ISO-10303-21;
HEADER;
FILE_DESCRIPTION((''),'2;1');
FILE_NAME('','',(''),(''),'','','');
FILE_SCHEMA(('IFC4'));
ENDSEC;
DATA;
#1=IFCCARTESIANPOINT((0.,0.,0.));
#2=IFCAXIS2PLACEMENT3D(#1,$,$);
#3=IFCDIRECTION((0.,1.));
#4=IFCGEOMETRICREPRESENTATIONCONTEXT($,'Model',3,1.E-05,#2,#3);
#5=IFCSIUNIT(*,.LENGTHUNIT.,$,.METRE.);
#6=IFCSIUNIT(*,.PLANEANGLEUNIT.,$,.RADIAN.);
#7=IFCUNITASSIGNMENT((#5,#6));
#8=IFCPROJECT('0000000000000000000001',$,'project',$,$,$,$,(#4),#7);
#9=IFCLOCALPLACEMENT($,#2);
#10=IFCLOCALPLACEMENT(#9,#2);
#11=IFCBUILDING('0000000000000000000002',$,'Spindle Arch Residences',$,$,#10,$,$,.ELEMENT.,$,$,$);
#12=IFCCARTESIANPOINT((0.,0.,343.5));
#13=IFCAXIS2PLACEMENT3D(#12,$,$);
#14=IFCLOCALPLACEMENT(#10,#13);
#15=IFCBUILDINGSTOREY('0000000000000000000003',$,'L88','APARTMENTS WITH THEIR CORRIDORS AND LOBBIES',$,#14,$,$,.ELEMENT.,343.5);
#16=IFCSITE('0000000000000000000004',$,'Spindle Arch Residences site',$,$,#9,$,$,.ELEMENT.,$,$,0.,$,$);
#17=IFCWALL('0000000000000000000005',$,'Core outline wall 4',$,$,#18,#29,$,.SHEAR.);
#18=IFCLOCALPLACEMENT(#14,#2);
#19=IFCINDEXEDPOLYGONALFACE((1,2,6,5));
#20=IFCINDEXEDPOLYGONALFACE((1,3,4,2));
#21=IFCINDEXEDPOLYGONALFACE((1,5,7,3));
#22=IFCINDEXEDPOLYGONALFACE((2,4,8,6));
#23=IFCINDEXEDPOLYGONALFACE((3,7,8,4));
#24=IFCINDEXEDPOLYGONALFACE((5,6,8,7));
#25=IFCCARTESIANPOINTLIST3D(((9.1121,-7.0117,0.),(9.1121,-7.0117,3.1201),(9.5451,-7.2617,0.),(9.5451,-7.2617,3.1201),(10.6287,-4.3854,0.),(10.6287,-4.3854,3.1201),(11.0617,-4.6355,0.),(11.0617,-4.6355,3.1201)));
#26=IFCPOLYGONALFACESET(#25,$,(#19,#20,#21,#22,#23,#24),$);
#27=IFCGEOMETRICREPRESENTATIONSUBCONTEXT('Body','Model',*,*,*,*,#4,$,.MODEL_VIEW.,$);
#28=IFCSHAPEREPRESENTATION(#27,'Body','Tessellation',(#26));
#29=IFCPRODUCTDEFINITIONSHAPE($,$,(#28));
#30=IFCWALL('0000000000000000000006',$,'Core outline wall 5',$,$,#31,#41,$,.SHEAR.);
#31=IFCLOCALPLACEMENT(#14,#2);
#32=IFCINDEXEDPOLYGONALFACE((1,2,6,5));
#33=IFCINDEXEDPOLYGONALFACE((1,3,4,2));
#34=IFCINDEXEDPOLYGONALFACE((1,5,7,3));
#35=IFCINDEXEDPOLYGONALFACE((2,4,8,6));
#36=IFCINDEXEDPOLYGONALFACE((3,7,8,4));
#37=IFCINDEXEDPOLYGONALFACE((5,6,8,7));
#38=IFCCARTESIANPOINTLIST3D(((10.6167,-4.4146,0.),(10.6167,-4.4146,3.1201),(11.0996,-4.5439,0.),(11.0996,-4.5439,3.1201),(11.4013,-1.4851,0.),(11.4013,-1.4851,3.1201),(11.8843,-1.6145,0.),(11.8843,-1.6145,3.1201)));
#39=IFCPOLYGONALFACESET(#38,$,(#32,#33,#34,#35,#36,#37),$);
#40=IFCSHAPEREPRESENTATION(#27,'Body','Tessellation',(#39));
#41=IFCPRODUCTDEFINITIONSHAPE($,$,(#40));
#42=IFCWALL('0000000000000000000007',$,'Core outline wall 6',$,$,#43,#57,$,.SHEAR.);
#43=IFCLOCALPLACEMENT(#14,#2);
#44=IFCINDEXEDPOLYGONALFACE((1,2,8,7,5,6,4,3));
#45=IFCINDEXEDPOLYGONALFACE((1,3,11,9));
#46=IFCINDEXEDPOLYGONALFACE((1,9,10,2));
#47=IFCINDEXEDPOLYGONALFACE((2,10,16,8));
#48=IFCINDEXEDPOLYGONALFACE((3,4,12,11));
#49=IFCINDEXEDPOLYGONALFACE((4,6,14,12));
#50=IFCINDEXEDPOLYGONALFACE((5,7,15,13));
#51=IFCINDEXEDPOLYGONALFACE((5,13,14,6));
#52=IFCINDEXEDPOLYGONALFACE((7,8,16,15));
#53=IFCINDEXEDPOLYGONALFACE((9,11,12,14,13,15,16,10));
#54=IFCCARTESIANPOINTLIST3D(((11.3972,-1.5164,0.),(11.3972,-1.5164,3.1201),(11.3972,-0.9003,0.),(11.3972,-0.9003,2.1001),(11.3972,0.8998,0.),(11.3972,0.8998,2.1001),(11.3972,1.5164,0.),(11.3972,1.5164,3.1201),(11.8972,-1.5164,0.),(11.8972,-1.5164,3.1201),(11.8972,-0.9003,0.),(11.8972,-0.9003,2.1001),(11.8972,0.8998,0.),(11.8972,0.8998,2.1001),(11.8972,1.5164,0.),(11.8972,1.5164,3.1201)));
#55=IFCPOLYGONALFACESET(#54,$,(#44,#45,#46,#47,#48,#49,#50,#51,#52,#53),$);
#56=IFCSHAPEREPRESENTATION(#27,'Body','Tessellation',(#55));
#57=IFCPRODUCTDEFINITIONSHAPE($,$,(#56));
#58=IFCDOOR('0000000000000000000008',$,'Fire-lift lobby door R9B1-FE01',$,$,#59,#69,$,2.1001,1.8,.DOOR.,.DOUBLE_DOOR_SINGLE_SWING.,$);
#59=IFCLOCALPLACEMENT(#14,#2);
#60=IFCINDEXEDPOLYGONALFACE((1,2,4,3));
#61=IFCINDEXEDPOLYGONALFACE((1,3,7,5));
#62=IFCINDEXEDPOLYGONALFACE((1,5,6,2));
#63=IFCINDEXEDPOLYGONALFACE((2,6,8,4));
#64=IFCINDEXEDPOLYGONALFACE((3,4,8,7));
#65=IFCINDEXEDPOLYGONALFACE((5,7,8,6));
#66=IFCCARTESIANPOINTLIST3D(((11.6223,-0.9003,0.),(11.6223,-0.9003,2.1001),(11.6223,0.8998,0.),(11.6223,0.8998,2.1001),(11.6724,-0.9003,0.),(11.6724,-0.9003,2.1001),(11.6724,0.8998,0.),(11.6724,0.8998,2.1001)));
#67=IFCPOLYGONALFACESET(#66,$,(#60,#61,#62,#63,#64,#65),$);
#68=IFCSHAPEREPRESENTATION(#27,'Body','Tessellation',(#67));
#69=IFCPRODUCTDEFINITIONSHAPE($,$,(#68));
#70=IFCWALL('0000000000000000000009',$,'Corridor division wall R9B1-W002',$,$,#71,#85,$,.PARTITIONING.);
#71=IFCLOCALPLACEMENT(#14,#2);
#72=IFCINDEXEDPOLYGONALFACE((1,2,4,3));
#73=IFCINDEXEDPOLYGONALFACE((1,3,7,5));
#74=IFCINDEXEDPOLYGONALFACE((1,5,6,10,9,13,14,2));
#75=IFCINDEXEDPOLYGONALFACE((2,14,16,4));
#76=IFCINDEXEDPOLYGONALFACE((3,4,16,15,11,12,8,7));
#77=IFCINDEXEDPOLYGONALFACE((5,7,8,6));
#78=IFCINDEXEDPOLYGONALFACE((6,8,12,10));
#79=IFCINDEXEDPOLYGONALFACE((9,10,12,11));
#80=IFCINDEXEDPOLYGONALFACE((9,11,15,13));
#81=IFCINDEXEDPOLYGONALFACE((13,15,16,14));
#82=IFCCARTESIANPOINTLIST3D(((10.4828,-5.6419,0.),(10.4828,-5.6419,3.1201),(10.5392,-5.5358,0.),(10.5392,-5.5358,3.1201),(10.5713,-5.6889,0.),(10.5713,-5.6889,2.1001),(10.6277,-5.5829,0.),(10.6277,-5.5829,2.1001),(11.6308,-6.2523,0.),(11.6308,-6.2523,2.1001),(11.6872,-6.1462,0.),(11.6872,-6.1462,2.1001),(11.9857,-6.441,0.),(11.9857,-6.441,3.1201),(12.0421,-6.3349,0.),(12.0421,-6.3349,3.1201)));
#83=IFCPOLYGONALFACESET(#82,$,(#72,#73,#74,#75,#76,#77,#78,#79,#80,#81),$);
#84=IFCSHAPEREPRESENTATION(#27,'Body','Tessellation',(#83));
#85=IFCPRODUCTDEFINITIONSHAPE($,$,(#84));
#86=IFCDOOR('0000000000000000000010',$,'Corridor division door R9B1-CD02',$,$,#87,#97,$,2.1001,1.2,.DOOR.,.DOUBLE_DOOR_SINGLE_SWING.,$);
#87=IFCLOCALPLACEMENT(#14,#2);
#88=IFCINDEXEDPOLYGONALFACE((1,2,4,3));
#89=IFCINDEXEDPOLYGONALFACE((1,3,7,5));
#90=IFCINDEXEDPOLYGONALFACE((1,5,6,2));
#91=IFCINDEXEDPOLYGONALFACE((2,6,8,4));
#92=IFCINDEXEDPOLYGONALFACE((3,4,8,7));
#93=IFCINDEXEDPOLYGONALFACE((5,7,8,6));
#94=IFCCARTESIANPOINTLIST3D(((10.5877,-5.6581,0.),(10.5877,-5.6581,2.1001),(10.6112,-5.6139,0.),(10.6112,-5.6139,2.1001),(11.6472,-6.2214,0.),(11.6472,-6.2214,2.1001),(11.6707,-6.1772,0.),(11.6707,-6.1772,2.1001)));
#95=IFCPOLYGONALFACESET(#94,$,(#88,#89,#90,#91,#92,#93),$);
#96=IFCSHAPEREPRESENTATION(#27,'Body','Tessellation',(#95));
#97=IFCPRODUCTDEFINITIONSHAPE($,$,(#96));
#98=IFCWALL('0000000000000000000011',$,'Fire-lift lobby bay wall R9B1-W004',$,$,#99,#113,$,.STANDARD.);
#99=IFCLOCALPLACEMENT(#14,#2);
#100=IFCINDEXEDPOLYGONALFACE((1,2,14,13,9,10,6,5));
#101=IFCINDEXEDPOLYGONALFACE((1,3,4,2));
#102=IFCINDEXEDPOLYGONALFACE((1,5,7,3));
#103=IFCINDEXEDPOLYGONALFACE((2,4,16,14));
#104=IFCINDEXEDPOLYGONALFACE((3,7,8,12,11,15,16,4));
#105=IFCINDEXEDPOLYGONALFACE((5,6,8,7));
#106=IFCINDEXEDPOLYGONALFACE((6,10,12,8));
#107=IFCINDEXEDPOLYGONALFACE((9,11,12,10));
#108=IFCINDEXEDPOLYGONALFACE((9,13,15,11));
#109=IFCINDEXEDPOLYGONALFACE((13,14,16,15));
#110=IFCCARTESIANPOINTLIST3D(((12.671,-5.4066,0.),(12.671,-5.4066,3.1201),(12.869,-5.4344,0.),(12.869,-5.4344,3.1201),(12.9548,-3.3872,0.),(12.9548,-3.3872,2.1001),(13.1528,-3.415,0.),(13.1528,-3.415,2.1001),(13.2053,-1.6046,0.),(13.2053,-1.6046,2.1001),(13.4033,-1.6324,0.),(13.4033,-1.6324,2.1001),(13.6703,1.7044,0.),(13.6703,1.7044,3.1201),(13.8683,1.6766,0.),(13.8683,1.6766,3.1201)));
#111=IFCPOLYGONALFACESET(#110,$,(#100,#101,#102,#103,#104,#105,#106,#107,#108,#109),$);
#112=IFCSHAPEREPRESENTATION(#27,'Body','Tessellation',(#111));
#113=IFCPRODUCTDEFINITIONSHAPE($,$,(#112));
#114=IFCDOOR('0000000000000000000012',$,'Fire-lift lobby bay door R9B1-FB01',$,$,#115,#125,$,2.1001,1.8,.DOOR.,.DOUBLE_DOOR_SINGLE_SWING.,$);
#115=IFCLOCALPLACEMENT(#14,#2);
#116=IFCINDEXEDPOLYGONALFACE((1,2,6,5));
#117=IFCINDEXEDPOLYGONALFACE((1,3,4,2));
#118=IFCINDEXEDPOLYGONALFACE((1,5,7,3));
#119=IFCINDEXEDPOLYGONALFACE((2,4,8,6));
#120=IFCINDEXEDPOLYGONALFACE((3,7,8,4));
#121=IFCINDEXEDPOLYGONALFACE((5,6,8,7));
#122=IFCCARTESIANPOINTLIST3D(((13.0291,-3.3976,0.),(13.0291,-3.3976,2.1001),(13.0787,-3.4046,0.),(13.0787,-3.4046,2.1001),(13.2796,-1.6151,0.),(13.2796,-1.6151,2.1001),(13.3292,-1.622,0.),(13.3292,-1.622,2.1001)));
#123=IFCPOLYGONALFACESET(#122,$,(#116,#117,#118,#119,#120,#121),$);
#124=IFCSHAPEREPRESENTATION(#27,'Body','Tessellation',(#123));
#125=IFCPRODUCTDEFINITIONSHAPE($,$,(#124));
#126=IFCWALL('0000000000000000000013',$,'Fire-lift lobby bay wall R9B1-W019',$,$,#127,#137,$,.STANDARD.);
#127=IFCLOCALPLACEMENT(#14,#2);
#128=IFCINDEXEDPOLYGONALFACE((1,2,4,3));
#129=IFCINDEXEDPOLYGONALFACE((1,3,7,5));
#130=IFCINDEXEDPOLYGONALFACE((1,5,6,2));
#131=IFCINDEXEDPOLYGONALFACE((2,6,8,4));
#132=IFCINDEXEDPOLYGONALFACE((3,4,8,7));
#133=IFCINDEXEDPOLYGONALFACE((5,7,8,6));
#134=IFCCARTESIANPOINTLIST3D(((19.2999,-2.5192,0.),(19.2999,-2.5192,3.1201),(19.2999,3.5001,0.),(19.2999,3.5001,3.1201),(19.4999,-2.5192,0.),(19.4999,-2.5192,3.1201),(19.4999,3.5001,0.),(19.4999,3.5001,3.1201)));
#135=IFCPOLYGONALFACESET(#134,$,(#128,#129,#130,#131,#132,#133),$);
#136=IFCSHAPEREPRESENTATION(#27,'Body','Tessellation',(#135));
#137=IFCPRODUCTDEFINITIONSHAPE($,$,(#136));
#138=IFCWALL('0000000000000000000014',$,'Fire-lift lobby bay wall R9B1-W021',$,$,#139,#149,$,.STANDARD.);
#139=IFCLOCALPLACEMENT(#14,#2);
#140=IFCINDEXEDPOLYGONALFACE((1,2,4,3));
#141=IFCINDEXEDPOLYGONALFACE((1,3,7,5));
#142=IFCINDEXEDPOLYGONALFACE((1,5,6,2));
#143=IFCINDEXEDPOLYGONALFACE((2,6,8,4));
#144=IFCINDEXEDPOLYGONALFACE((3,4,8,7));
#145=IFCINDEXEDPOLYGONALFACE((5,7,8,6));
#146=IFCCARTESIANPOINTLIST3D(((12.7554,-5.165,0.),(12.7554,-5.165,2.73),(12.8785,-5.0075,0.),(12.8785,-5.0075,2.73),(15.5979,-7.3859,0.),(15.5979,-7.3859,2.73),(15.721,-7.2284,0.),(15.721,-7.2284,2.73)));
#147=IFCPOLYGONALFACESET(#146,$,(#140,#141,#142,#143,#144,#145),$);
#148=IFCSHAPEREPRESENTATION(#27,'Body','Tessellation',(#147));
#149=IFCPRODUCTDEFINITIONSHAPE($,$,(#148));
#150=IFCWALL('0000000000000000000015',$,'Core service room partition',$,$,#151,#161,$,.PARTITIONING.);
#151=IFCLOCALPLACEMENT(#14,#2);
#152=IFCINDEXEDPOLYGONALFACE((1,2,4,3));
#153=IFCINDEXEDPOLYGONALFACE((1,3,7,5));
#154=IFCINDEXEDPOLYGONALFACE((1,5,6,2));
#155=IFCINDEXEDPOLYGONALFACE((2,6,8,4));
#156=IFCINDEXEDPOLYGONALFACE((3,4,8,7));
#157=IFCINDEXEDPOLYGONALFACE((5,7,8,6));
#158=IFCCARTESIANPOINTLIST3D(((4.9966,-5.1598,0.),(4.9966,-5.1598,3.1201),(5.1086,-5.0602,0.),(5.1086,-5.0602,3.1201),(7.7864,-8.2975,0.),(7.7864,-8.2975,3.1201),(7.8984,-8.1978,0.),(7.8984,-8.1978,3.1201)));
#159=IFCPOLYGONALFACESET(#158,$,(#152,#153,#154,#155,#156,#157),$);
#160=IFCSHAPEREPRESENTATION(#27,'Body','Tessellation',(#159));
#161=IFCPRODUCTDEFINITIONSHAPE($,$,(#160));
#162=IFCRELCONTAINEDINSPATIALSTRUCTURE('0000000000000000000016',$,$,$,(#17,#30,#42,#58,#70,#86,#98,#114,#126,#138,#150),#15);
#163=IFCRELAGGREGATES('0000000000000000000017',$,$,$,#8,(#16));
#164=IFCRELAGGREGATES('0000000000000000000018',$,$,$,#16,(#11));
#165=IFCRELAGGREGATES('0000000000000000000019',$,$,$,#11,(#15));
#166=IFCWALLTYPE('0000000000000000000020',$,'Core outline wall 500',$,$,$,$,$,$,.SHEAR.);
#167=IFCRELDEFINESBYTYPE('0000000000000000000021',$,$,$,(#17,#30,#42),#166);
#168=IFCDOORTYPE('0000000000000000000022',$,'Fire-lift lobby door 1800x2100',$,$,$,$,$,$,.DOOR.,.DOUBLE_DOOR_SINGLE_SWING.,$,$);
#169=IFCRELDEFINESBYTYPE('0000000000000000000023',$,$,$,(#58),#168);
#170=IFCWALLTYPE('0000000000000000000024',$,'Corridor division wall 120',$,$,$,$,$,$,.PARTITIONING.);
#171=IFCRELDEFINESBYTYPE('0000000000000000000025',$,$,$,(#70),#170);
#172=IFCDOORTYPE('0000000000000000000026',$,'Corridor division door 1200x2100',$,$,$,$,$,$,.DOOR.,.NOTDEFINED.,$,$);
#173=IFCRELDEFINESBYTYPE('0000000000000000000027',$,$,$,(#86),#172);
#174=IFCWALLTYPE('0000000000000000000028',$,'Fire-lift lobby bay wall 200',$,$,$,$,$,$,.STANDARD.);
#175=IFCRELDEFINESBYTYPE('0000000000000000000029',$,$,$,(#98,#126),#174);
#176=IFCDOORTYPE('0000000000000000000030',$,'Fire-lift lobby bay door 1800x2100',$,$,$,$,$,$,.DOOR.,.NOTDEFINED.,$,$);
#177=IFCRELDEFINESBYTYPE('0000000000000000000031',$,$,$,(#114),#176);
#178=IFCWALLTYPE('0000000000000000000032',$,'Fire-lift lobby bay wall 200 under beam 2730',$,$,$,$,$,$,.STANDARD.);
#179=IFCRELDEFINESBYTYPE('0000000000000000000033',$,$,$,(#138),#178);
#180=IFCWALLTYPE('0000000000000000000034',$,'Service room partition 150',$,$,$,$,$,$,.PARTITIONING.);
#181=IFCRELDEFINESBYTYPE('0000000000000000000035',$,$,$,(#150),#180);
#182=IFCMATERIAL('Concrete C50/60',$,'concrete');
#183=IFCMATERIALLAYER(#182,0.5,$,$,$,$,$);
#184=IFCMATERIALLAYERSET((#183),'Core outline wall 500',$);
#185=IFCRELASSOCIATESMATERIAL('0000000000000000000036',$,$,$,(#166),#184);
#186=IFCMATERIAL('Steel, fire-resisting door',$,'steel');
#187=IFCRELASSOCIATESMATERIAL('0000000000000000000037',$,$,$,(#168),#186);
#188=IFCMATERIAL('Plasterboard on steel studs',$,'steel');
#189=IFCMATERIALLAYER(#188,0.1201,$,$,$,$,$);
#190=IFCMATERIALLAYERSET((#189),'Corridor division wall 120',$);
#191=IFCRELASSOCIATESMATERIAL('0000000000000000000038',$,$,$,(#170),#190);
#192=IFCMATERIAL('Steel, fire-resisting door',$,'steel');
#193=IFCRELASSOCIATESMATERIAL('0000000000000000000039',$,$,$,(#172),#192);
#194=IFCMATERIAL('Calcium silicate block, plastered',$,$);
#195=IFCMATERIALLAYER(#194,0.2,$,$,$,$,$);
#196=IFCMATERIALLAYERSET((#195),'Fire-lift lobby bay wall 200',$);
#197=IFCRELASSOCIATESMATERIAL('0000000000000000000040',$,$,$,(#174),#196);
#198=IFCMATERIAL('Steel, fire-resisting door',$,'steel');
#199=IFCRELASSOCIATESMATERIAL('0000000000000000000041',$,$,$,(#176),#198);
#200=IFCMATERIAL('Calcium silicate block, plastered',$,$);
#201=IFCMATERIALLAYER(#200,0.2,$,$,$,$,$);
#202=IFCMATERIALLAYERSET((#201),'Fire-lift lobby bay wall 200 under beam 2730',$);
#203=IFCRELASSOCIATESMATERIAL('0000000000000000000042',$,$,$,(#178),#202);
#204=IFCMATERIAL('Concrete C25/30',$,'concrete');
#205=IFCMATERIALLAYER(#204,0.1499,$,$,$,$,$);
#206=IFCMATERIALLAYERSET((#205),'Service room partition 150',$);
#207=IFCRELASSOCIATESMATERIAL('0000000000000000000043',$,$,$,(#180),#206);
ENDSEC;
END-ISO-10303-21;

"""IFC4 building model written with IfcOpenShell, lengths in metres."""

from ifc_helpers import new_model, si_unit, direction, frame, frame_2d, origin, place, context, subcontext, project, spatial, rectangle, extrude, material, layer, layer_set, type_object, element, fill, save


model = new_model("IFC4")

# Units and contexts
model_context = context("Model", 3, precision=1e-05, world=origin(), true_north=direction((0.0, 1.0)))
body_context = subcontext(model_context, "Body", "Model", "MODEL_VIEW")
ifc_project = project(units=[si_unit("LENGTHUNIT", "METRE"), si_unit("PLANEANGLEUNIT", "RADIAN")], contexts=[model_context])

# Site, building, storey
site_placement = place(None, origin())
site = spatial("IfcSite", under=ifc_project, at=site_placement, Name="Spindle Arch Residences site", CompositionType="ELEMENT", RefElevation=0.0)
building_placement = place(site_placement, origin())
building = spatial("IfcBuilding", under=site, at=building_placement, Name="Spindle Arch Residences", CompositionType="ELEMENT")
storey_placement = place(building_placement, frame((0.0, 0.0, 343.5)))
storey = spatial("IfcBuildingStorey", under=building, at=storey_placement, Name="L88", Description="APARTMENTS WITH THEIR CORRIDORS AND LOBBIES", CompositionType="ELEMENT", Elevation=343.5)

# Walls
ifc_material_1 = material(Name="Concrete C50/60", Category="concrete")
ifc_layer_1 = layer(ifc_material_1, 0.5)
ifc_layer_set_1 = layer_set([ifc_layer_1], Name="Core outline wall 500")
wall_type_1 = type_object("IfcWallType", Name="Core outline wall 500", PredefinedType="SHEAR", material=ifc_layer_set_1)
for number, where, z_axis, x_axis, name in (
    (1, (9.3286, -7.1367, 0.0), (0.0, 0.0, 1.0), (0.500087, 0.865975, 0.0), "Core outline wall 4"),
    (2, (10.8582, -4.4792, 0.0), (0.0, 0.0, 1.0), (0.258735, 0.965948, 0.0), "Core outline wall 5"),
):
    element("IfcWall", number, at=place(storey_placement, frame(where, z_axis=z_axis, x_axis=x_axis)), inside=storey, type_object=wall_type_1, Name=name, PredefinedType="SHEAR", context=body_context, shape_type="SweptSolid", body=[
        extrude(rectangle(XDim=3.0327, YDim=0.5, at=frame_2d((1.5164, 0.0))), origin(), (0.0, 0.0, 1.0), 3.1201),
    ])

# Walls, openings, doors
wall_1_placement = place(storey_placement, frame((11.6472, -1.5164, 0.0), z_axis=(0.0, 0.0, 1.0), x_axis=(0.0, 1.0, 0.0)))
wall_1 = element("IfcWall", 3, at=wall_1_placement, inside=storey, type_object=wall_type_1, Name="Core outline wall 6", PredefinedType="SHEAR", context=body_context, shape_type="SweptSolid", body=[
    extrude(rectangle(XDim=3.0327, YDim=0.5, at=frame_2d((1.5164, 0.0))), origin(), (0.0, 0.0, 1.0), 3.1201),
])
opening_1_placement = place(wall_1_placement, frame((0.6162, 0.0, 0.0)))
opening_1 = element("IfcOpeningElement", 4, at=opening_1_placement, cuts=wall_1, PredefinedType="OPENING", context=body_context, shape_type="SweptSolid", body=[
    extrude(rectangle(XDim=1.8, YDim=2.1001, at=frame_2d((0.8999, 1.05))), frame((0.0, 0.26, 0.0), z_axis=(0.0, -1.0, 0.0), x_axis=(1.0, 0.0, 0.0)), (0.0, 0.0, 1.0), 0.52),
])
ifc_material_2 = material(Name="Steel, fire-resisting door", Category="steel")
door_type_1 = type_object("IfcDoorType", Name="Fire-lift lobby door 1800x2100", OperationType="DOUBLE_DOOR_SINGLE_SWING", PredefinedType="DOOR", material=ifc_material_2)
door_1_placement = place(opening_1_placement, origin())
door_1 = element("IfcDoor", 5, at=door_1_placement, inside=storey, type_object=door_type_1, Name="Fire-lift lobby door R9B1-FE01", OperationType="DOUBLE_DOOR_SINGLE_SWING", OverallHeight=2.1001, OverallWidth=1.8, PredefinedType="DOOR", context=body_context, shape_type="SweptSolid", body=[
    extrude(rectangle(XDim=1.8, YDim=2.1001, at=frame_2d((0.8999, 1.05))), frame((0.0, 0.0249, 0.0), z_axis=(0.0, -1.0, 0.0), x_axis=(1.0, 0.0, 0.0)), (0.0, 0.0, 1.0), 0.05),
])
fill(opening_1, door_1)
ifc_material_3 = material(Name="Plasterboard on steel studs", Category="steel")
ifc_layer_2 = layer(ifc_material_3, 0.1201)
ifc_layer_set_2 = layer_set([ifc_layer_2], Name="Corridor division wall 120")
wall_type_2 = type_object("IfcWallType", Name="Corridor division wall 120", PredefinedType="PARTITIONING", material=ifc_layer_set_2)
wall_2_placement = place(storey_placement, frame((10.511, -5.5889, 0.0), z_axis=(0.0, 0.0, 1.0), x_axis=(0.88296, -0.469449, 0.0)))
wall_2 = element("IfcWall", 6, at=wall_2_placement, inside=storey, type_object=wall_type_2, Name="Corridor division wall R9B1-W002", PredefinedType="PARTITIONING", context=body_context, shape_type="SweptSolid", body=[
    extrude(rectangle(XDim=1.7021, YDim=0.1201, at=frame_2d((0.8511, 0.0))), origin(), (0.0, 0.0, 1.0), 3.1201),
])
opening_2_placement = place(wall_2_placement, frame((0.1001, 0.0, 0.0)))
opening_2 = element("IfcOpeningElement", 7, at=opening_2_placement, cuts=wall_2, PredefinedType="OPENING", context=body_context, shape_type="SweptSolid", body=[
    extrude(rectangle(XDim=1.2, YDim=2.1001, at=frame_2d((0.6001, 1.05))), frame((0.0, 0.0701, 0.0), z_axis=(0.0, -1.0, 0.0), x_axis=(1.0, 0.0, 0.0)), (0.0, 0.0, 1.0), 0.1401),
])
ifc_material_4 = material(Name="Steel, fire-resisting door", Category="steel")
door_type_2 = type_object("IfcDoorType", Name="Corridor division door 1200x2100", OperationType="NOTDEFINED", PredefinedType="DOOR", material=ifc_material_4)
door_2_placement = place(opening_2_placement, origin())
door_2 = element("IfcDoor", 8, at=door_2_placement, inside=storey, type_object=door_type_2, Name="Corridor division door R9B1-CD02", OperationType="DOUBLE_DOOR_SINGLE_SWING", OverallHeight=2.1001, OverallWidth=1.2, PredefinedType="DOOR", context=body_context, shape_type="SweptSolid", body=[
    extrude(rectangle(XDim=1.2, YDim=2.1001, at=frame_2d((0.6001, 1.05))), frame((0.0, 0.0249, 0.0), z_axis=(0.0, -1.0, 0.0), x_axis=(1.0, 0.0, 0.0)), (0.0, 0.0, 1.0), 0.05),
])
fill(opening_2, door_2)
ifc_material_5 = material(Name="Calcium silicate block, plastered")
ifc_layer_3 = layer(ifc_material_5, 0.2)
ifc_layer_set_3 = layer_set([ifc_layer_3], Name="Fire-lift lobby bay wall 200")
wall_type_3 = type_object("IfcWallType", Name="Fire-lift lobby bay wall 200", PredefinedType="STANDARD", material=ifc_layer_set_3)
wall_3_placement = place(storey_placement, frame((12.77, -5.4204, 0.0), z_axis=(0.0, 0.0, 1.0), x_axis=(0.139155, 0.990271, 0.0)))
wall_3 = element("IfcWall", 9, at=wall_3_placement, inside=storey, type_object=wall_type_3, Name="Fire-lift lobby bay wall R9B1-W004", PredefinedType="STANDARD", context=body_context, shape_type="SweptSolid", body=[
    extrude(rectangle(XDim=7.1809, YDim=0.2, at=frame_2d((3.5903, 0.0))), origin(), (0.0, 0.0, 1.0), 3.1201),
])
opening_3_placement = place(wall_3_placement, frame((2.0393, 0.0, 0.0)))
opening_3 = element("IfcOpeningElement", 10, at=opening_3_placement, cuts=wall_3, PredefinedType="OPENING", context=body_context, shape_type="SweptSolid", body=[
    extrude(rectangle(XDim=1.8, YDim=2.1001, at=frame_2d((0.8999, 1.05))), frame((0.0, 0.1099, 0.0), z_axis=(0.0, -1.0, 0.0), x_axis=(1.0, 0.0, 0.0)), (0.0, 0.0, 1.0), 0.22),
])
ifc_material_6 = material(Name="Steel, fire-resisting door", Category="steel")
door_type_3 = type_object("IfcDoorType", Name="Fire-lift lobby bay door 1800x2100", OperationType="NOTDEFINED", PredefinedType="DOOR", material=ifc_material_6)
door_3_placement = place(opening_3_placement, origin())
door_3 = element("IfcDoor", 11, at=door_3_placement, inside=storey, type_object=door_type_3, Name="Fire-lift lobby bay door R9B1-FB01", OperationType="DOUBLE_DOOR_SINGLE_SWING", OverallHeight=2.1001, OverallWidth=1.8, PredefinedType="DOOR", context=body_context, shape_type="SweptSolid", body=[
    extrude(rectangle(XDim=1.8, YDim=2.1001, at=frame_2d((0.8999, 1.05))), frame((0.0, 0.0249, 0.0), z_axis=(0.0, -1.0, 0.0), x_axis=(1.0, 0.0, 0.0)), (0.0, 0.0, 1.0), 0.05),
])
fill(opening_3, door_3)

# Walls
wall_4_placement = place(storey_placement, frame((19.3999, -2.5193, 0.0), z_axis=(0.0, 0.0, 1.0), x_axis=(0.0, 1.0, 0.0)))
element("IfcWall", 12, at=wall_4_placement, inside=storey, type_object=wall_type_3, Name="Fire-lift lobby bay wall R9B1-W019", PredefinedType="STANDARD", context=body_context, shape_type="SweptSolid", body=[
    extrude(rectangle(XDim=6.0193, YDim=0.2, at=frame_2d((3.0098, 0.0))), origin(), (0.0, 0.0, 1.0), 3.1201),
])
ifc_material_7 = material(Name="Calcium silicate block, plastered")
ifc_layer_4 = layer(ifc_material_7, 0.2)
ifc_layer_set_4 = layer_set([ifc_layer_4], Name="Fire-lift lobby bay wall 200 under beam 2730")
wall_type_4 = type_object("IfcWallType", Name="Fire-lift lobby bay wall 200 under beam 2730", PredefinedType="STANDARD", material=ifc_layer_set_4)
wall_5_placement = place(storey_placement, frame((12.8169, -5.0862, 0.0), z_axis=(0.0, 0.0, 1.0), x_axis=(0.787995, -0.615682, 0.0)))
element("IfcWall", 13, at=wall_5_placement, inside=storey, type_object=wall_type_4, Name="Fire-lift lobby bay wall R9B1-W021", PredefinedType="STANDARD", context=body_context, shape_type="SweptSolid", body=[
    extrude(rectangle(XDim=3.6072, YDim=0.2, at=frame_2d((1.8037, 0.0))), origin(), (0.0, 0.0, 1.0), 2.73),
])

# Wall
ifc_material_8 = material(Name="Concrete C25/30", Category="concrete")
ifc_layer_5 = layer(ifc_material_8, 0.1499)
ifc_layer_set_5 = layer_set([ifc_layer_5], Name="Service room partition 150")
wall_type_5 = type_object("IfcWallType", Name="Service room partition 150", PredefinedType="PARTITIONING", material=ifc_layer_set_5)
wall_6_placement = place(storey_placement, frame((7.8423, -8.2476, 0.0), z_axis=(0.0, 0.0, 1.0), x_axis=(-0.664461, 0.747323, 0.0)))
element("IfcWall", 14, at=wall_6_placement, inside=storey, type_object=wall_type_5, Name="Core service room partition", PredefinedType="PARTITIONING", context=body_context, shape_type="SweptSolid", body=[
    extrude(rectangle(XDim=4.1985, YDim=0.1499, at=frame_2d((2.0991, 0.0))), origin(), (0.0, 0.0, 1.0), 3.1201),
])

save(model, "model.ifc")
